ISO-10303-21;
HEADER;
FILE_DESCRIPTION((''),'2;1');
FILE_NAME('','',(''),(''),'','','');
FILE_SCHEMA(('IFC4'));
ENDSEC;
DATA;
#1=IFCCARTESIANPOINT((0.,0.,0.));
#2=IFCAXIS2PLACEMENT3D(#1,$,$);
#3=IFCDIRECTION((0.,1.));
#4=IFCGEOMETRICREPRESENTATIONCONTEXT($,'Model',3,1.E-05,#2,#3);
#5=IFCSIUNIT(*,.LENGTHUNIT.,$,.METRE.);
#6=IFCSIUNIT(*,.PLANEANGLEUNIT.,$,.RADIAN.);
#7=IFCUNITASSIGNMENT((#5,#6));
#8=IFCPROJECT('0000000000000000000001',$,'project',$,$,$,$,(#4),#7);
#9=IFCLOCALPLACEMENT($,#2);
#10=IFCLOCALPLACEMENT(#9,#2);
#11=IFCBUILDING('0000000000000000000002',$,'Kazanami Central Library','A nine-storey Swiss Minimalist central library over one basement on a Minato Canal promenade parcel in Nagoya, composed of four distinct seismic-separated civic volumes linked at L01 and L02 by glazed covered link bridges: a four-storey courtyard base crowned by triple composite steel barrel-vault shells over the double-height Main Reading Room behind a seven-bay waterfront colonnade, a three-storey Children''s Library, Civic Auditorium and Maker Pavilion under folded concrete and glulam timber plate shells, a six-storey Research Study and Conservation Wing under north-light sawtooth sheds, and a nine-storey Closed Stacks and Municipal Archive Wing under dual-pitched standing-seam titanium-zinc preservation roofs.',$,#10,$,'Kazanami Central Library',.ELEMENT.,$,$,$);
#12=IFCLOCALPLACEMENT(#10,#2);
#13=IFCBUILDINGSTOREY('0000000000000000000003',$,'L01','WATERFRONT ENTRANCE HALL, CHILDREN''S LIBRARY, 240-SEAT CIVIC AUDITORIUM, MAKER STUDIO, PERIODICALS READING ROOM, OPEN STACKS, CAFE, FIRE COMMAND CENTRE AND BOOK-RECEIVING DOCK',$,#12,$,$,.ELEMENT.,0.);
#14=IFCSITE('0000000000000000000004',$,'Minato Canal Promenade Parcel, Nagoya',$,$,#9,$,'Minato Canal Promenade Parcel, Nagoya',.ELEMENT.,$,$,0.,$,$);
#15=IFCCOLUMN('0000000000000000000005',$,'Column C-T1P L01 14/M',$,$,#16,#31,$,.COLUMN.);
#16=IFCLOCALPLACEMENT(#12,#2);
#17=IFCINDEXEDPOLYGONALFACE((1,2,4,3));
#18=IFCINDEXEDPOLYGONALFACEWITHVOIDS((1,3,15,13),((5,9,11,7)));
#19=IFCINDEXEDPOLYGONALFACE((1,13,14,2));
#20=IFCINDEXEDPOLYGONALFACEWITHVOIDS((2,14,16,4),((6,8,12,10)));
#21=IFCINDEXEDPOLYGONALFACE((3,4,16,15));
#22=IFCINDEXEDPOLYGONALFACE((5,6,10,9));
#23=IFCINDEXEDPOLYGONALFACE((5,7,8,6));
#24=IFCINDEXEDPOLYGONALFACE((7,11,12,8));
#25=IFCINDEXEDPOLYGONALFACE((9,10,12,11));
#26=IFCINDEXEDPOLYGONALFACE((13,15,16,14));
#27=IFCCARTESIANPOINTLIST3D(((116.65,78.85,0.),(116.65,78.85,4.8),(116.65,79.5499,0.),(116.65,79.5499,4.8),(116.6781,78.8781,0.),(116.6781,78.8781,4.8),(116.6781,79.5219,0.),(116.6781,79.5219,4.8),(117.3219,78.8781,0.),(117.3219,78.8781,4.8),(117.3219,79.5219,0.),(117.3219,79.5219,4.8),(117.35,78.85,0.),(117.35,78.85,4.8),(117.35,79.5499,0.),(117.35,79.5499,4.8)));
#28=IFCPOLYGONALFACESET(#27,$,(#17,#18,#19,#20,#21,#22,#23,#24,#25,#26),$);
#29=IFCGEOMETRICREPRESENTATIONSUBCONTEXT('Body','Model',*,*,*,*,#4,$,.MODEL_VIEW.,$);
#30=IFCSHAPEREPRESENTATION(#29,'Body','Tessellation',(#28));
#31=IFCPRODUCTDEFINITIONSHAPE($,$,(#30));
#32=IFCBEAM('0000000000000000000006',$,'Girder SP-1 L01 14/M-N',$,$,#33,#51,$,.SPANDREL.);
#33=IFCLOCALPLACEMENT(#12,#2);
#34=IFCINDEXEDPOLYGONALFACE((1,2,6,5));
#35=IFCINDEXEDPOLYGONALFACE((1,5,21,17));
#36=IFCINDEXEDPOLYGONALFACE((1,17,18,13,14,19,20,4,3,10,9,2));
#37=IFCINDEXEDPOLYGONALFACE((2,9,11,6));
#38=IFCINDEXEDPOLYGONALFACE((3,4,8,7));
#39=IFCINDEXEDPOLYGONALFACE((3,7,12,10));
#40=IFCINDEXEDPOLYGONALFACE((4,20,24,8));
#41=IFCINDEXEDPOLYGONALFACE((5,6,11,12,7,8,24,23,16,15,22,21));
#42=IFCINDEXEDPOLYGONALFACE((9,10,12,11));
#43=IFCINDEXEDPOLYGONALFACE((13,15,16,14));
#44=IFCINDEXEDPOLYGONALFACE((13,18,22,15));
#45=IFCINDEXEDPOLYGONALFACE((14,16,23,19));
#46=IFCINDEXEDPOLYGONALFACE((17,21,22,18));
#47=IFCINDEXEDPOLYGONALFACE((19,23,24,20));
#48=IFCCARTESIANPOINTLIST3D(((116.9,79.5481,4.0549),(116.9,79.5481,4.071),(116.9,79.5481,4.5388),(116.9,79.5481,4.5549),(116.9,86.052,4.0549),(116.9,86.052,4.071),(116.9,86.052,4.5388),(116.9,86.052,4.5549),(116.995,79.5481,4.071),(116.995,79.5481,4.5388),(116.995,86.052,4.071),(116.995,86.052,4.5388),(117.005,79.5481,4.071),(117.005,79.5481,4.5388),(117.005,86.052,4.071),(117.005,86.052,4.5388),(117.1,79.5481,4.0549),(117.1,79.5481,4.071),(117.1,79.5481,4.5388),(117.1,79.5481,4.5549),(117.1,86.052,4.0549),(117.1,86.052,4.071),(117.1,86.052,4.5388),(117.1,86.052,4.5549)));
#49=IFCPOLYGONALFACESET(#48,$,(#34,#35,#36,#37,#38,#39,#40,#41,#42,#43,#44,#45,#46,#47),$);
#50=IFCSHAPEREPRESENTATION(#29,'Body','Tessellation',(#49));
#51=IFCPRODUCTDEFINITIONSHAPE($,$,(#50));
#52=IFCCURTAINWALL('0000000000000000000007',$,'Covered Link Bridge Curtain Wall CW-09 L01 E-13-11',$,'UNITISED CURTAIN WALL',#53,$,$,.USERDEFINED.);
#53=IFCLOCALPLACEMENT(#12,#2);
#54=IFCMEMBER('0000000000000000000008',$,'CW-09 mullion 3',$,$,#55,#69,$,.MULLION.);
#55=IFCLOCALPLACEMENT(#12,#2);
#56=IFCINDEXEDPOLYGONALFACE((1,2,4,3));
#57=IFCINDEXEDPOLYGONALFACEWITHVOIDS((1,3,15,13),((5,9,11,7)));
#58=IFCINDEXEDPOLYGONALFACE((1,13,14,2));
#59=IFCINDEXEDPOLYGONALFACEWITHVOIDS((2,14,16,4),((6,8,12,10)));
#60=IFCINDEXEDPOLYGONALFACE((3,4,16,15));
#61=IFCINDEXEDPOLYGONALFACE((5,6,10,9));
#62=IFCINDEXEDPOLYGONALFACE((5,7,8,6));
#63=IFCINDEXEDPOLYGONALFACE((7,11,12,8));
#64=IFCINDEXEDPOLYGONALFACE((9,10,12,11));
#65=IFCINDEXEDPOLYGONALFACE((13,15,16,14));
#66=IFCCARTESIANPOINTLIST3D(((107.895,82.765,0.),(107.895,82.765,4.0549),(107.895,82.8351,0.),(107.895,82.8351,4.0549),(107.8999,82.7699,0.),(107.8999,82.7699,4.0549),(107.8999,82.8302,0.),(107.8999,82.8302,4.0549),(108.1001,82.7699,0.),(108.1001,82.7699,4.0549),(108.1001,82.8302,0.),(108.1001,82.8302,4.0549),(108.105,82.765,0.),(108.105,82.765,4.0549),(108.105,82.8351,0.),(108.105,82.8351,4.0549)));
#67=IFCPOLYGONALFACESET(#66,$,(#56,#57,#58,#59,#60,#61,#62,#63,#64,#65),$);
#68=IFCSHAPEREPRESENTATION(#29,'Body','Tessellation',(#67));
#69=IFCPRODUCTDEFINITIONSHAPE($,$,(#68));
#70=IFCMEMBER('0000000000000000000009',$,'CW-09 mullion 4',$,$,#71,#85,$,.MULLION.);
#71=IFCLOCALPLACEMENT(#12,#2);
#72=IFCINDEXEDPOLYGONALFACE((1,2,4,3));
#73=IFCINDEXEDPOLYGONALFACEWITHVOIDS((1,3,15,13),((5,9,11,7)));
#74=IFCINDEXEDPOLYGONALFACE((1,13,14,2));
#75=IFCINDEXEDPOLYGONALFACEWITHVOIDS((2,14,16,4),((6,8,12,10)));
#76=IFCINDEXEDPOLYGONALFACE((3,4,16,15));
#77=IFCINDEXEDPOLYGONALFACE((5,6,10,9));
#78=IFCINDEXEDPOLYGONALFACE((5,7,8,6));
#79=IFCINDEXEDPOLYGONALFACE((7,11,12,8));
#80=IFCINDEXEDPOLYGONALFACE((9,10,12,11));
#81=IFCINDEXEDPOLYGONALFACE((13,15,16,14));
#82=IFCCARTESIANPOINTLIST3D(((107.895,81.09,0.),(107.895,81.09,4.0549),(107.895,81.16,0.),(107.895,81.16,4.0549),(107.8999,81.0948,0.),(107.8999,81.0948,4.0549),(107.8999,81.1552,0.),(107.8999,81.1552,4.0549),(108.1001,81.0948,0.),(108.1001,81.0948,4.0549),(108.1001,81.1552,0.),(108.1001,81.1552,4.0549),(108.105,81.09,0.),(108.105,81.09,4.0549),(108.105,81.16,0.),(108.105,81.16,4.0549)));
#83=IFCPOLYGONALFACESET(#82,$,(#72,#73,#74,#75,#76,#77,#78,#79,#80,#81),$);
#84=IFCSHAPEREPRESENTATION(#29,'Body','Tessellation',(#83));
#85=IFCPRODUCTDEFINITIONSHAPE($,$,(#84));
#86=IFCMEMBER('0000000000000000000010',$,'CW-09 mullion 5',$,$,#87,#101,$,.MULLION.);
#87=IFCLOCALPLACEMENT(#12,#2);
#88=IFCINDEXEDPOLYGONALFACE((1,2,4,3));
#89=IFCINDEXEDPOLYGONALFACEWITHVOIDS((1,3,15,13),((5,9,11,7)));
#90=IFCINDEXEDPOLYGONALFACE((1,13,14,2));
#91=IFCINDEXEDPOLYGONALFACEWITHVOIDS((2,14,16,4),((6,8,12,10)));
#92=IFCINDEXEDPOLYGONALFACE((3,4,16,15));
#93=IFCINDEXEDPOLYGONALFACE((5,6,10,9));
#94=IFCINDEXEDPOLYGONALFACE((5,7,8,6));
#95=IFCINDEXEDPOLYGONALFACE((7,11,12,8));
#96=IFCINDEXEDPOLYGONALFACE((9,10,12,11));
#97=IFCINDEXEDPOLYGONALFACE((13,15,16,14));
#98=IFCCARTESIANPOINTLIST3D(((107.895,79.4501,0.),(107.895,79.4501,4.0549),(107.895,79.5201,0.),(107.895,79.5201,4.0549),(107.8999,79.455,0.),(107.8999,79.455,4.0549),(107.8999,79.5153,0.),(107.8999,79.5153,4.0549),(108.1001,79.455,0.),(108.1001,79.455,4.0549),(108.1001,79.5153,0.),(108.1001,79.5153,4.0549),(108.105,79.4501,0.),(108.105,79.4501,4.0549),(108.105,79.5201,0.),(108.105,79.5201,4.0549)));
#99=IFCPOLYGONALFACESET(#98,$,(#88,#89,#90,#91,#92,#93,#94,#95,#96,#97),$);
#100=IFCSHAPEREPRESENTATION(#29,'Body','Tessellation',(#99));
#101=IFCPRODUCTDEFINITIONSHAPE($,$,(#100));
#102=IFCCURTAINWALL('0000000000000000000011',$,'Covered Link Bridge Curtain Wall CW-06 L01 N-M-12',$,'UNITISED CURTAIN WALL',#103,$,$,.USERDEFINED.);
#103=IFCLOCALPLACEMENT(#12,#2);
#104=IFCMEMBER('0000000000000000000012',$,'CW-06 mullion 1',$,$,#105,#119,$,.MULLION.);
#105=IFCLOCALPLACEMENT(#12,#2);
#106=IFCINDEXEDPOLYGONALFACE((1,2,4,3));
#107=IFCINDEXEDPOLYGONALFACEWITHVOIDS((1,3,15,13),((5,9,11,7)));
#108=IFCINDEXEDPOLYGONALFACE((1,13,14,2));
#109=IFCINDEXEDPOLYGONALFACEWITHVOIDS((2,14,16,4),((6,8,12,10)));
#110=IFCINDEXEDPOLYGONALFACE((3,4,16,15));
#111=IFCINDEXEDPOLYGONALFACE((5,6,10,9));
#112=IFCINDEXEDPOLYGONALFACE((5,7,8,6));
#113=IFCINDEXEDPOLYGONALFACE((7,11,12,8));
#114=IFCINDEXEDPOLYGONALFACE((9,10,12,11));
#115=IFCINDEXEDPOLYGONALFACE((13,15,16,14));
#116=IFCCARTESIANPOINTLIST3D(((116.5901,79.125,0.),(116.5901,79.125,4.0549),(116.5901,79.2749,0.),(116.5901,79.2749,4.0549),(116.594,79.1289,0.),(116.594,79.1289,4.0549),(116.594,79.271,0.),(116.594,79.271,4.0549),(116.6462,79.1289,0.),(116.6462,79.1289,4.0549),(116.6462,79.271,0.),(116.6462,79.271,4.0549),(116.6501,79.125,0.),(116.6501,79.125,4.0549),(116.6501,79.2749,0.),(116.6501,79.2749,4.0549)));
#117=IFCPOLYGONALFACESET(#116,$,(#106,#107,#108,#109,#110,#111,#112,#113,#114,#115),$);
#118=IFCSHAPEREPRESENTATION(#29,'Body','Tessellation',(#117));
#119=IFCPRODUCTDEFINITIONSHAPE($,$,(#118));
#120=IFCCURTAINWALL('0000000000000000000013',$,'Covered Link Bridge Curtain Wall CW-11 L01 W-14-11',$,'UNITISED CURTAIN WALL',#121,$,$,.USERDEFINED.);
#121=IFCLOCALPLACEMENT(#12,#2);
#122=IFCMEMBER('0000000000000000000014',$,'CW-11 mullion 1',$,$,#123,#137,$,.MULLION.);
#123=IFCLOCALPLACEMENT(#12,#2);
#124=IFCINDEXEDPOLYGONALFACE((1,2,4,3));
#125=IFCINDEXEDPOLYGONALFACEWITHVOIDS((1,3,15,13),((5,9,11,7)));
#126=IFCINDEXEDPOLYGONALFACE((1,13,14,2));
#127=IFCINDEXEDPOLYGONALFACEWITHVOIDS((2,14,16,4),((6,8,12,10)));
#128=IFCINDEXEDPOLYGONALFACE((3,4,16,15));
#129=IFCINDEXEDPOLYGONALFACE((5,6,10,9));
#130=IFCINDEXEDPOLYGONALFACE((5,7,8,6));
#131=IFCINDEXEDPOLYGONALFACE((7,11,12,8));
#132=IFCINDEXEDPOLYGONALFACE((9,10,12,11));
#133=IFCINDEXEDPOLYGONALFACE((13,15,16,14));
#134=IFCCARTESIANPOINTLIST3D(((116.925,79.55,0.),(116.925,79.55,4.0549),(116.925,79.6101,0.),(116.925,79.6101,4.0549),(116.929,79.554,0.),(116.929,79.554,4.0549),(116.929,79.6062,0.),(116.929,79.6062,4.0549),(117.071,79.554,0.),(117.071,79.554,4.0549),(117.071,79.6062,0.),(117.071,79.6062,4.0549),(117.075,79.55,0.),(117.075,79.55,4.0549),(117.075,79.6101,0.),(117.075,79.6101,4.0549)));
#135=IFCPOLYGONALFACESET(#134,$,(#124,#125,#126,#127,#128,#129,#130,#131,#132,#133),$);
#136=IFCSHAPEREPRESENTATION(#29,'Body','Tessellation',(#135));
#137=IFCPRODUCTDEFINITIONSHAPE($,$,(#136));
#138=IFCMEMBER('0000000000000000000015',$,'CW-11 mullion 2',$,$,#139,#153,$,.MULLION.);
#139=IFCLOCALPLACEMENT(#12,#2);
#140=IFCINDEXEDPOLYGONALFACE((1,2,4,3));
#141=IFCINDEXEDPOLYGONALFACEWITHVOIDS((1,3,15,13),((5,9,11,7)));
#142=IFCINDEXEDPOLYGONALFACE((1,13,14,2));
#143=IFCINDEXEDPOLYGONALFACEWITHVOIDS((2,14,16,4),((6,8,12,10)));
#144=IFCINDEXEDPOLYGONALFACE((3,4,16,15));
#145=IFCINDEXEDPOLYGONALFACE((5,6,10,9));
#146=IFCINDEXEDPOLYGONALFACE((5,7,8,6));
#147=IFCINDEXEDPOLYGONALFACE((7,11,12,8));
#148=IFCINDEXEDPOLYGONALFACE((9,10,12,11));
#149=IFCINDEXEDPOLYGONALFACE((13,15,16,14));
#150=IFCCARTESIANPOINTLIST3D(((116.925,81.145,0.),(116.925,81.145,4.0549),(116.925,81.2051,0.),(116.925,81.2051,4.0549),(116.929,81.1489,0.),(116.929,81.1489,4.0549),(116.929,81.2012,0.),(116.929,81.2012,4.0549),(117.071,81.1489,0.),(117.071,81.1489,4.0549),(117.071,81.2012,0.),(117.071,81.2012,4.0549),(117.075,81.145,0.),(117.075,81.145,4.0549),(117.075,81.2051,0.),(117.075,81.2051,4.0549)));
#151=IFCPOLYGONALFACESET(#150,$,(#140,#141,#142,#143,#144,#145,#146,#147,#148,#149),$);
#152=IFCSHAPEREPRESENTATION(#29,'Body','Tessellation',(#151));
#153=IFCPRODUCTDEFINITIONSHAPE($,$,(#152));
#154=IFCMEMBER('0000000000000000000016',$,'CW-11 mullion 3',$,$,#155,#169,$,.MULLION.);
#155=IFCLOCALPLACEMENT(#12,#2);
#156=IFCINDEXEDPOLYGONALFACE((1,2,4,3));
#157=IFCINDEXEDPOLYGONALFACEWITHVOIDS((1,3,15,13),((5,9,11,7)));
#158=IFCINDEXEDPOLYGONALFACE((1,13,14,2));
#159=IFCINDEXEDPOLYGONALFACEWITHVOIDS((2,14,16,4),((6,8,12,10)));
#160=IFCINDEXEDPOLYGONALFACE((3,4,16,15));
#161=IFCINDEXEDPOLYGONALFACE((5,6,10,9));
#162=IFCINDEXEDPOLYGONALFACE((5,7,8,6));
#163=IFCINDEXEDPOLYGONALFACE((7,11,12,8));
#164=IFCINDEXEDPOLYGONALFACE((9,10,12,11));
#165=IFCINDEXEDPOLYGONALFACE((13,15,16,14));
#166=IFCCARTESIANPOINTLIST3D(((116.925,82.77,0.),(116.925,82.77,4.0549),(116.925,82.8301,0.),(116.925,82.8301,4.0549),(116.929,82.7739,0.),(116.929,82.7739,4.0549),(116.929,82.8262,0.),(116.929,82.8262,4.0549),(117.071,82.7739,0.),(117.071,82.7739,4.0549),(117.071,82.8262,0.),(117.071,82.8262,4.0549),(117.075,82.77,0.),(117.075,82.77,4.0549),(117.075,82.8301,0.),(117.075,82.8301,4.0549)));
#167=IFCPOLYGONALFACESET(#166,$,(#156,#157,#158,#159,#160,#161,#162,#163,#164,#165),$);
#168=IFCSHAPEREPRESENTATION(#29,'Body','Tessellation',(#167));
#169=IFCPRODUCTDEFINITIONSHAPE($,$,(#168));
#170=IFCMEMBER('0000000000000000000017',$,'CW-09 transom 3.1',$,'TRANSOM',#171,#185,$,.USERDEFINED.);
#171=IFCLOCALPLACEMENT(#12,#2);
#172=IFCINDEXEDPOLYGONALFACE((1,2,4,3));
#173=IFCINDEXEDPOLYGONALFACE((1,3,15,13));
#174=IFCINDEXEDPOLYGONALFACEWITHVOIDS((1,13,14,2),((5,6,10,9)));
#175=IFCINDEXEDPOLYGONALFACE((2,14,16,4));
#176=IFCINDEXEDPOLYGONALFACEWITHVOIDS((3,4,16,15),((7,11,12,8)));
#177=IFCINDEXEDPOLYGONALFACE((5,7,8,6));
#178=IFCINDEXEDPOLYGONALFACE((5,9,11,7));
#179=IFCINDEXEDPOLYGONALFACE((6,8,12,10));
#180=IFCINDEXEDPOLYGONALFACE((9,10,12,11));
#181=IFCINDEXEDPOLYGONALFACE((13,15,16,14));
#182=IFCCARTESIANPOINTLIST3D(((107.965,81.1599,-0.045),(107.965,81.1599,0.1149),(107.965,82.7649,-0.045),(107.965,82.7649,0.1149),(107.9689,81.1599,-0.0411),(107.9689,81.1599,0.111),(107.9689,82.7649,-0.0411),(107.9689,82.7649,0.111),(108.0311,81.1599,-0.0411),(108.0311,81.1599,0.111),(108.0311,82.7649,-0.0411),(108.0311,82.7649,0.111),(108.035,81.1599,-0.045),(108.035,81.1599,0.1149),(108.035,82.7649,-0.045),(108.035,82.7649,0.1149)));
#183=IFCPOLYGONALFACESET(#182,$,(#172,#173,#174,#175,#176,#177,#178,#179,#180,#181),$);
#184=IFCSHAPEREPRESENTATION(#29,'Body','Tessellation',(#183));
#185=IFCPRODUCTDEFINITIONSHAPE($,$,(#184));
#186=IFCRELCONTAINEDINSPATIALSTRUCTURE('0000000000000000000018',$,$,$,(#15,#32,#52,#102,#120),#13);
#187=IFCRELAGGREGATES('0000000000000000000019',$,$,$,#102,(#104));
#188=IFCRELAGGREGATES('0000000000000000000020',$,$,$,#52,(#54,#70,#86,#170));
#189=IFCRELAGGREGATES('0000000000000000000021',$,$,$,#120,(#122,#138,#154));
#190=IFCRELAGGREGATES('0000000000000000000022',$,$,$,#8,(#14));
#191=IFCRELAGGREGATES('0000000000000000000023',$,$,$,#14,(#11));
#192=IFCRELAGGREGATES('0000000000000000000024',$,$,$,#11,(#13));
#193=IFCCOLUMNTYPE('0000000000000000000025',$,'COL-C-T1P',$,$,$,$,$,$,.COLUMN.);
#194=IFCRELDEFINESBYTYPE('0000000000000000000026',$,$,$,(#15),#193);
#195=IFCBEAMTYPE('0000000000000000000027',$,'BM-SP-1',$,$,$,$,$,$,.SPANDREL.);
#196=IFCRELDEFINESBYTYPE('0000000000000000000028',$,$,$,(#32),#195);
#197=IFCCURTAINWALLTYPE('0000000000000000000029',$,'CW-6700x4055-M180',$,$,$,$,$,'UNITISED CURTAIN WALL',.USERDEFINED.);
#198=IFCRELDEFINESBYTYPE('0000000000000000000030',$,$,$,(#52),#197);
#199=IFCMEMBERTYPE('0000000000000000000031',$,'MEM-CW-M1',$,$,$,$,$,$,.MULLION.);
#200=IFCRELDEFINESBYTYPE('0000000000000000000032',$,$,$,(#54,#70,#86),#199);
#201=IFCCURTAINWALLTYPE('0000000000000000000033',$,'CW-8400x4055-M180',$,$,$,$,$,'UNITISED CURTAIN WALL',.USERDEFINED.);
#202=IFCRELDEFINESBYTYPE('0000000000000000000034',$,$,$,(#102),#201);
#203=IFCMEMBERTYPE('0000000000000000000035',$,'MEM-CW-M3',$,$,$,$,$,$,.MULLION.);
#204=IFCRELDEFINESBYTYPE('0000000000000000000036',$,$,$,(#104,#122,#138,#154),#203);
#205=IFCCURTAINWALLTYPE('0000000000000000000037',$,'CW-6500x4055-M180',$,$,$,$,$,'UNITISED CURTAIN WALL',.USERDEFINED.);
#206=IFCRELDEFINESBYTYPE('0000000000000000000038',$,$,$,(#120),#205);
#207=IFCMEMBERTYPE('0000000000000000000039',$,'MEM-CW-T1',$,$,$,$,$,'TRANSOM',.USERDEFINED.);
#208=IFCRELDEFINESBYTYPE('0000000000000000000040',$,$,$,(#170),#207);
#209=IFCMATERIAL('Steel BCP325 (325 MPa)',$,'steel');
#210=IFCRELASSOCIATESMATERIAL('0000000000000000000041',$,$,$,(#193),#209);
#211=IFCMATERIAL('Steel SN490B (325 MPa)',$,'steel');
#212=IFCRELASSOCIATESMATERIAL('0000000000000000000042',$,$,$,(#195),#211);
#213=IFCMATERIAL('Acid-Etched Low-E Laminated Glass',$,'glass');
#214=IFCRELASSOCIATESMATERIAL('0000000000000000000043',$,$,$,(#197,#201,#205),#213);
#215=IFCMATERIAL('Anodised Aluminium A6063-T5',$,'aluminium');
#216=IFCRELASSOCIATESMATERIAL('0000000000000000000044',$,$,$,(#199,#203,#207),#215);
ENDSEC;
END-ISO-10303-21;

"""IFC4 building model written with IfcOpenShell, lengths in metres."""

from ifc_helpers import new_model, si_unit, direction, frame, origin, origin_2d, place, context, subcontext, project, spatial, hollow_rectangle, i_section, extrude, material, material_profile, profile_set, type_object, element, aggregate, save


model = new_model("IFC4")

# Units and contexts
model_context = context("Model", 3, precision=1e-05, world=origin(), true_north=direction((0.0, 1.0)))
body_context = subcontext(model_context, "Body", "Model", "MODEL_VIEW")
ifc_project = project(units=[si_unit("LENGTHUNIT", "METRE"), si_unit("PLANEANGLEUNIT", "RADIAN")], contexts=[model_context])

# Site, building, storey
site_placement = place(None, origin())
site = spatial("IfcSite", under=ifc_project, at=site_placement, Name="Minato Canal Promenade Parcel, Nagoya", LongName="Minato Canal Promenade Parcel, Nagoya", CompositionType="ELEMENT", RefElevation=0.0)
building_placement = place(site_placement, origin())
building = spatial("IfcBuilding", under=site, at=building_placement, Name="Kazanami Central Library", Description="A nine-storey Swiss Minimalist central library over one basement on a Minato Canal promenade parcel in Nagoya, composed of four distinct seismic-separated civic volumes linked at L01 and L02 by glazed covered link bridges: a four-storey courtyard base crowned by triple composite steel barrel-vault shells over the double-height Main Reading Room behind a seven-bay waterfront colonnade, a three-storey Children's Library, Civic Auditorium and Maker Pavilion under folded concrete and glulam timber plate shells, a six-storey Research Study and Conservation Wing under north-light sawtooth sheds, and a nine-storey Closed Stacks and Municipal Archive Wing under dual-pitched standing-seam titanium-zinc preservation roofs.", LongName="Kazanami Central Library", CompositionType="ELEMENT")
storey_placement = place(building_placement, origin())
storey = spatial("IfcBuildingStorey", under=building, at=storey_placement, Name="L01", Description="WATERFRONT ENTRANCE HALL, CHILDREN'S LIBRARY, 240-SEAT CIVIC AUDITORIUM, MAKER STUDIO, PERIODICALS READING ROOM, OPEN STACKS, CAFE, FIRE COMMAND CENTRE AND BOOK-RECEIVING DOCK", CompositionType="ELEMENT", Elevation=0.0)

# Column
ifc_material_1 = material(Name="Steel BCP325 (325 MPa)", Category="steel")
ifc_material_profile_1 = material_profile(ifc_material_1, hollow_rectangle(XDim=0.7, YDim=0.7, WallThickness=0.0281, at=origin_2d()), Name="BCP-700x700x28")
ifc_profile_set_1 = profile_set([ifc_material_profile_1], Name="Steel BCP325 (325 MPa)")
column_type = type_object("IfcColumnType", Name="COL-C-T1P", PredefinedType="COLUMN", material=ifc_profile_set_1)
column_placement = place(storey_placement, frame((117.0, 79.2, 0.0), z_axis=(0.0, 0.0, 1.0), x_axis=(1.0, 0.0, 0.0)))
element("IfcColumn", 1, at=column_placement, inside=storey, type_object=column_type, Name="Column C-T1P L01 14/M", PredefinedType="COLUMN", context=body_context, shape_type="SweptSolid", body=[
    extrude(hollow_rectangle(XDim=0.7, YDim=0.7, WallThickness=0.0281, at=origin_2d()), origin(), (0.0, 0.0, 1.0), 4.8),
])

# Beam
ifc_material_2 = material(Name="Steel SN490B (325 MPa)", Category="steel")
ifc_material_profile_2 = material_profile(ifc_material_2, i_section(OverallWidth=0.2, OverallDepth=0.5, WebThickness=0.01, FlangeThickness=0.0161, at=origin_2d()), Name="H-500x200x10x16")
ifc_profile_set_2 = profile_set([ifc_material_profile_2], Name="Steel SN490B (325 MPa)")
beam_type = type_object("IfcBeamType", Name="BM-SP-1", PredefinedType="SPANDREL", material=ifc_profile_set_2)
beam_placement = place(storey_placement, frame((117.0, 79.5481, 4.3049), z_axis=(0.0, 1.0, 0.0), x_axis=(-1.0, 0.0, 0.0)))
element("IfcBeam", 2, at=beam_placement, inside=storey, type_object=beam_type, Name="Girder SP-1 L01 14/M-N", PredefinedType="SPANDREL", context=body_context, shape_type="SweptSolid", body=[
    extrude(i_section(OverallWidth=0.2, OverallDepth=0.5, WebThickness=0.01, FlangeThickness=0.0161, at=origin_2d()), origin(), (0.0, 0.0, 1.0), 6.5039),
])

# Curtain wall, members
ifc_material_3 = material(Name="Acid-Etched Low-E Laminated Glass", Category="glass")
curtain_wall_type_1 = type_object("IfcCurtainWallType", Name="CW-6700x4055-M180", ElementType="UNITISED CURTAIN WALL", PredefinedType="USERDEFINED", material=ifc_material_3)
curtain_wall_1_placement = place(storey_placement, origin())
curtain_wall_1 = element("IfcCurtainWall", 3, at=curtain_wall_1_placement, inside=storey, type_object=curtain_wall_type_1, Name="Covered Link Bridge Curtain Wall CW-09 L01 E-13-11", ObjectType="UNITISED CURTAIN WALL", PredefinedType="USERDEFINED")
ifc_material_4 = material(Name="Anodised Aluminium A6063-T5", Category="aluminium")
ifc_material_profile_3 = material_profile(ifc_material_4, hollow_rectangle(XDim=0.0701, YDim=0.21, WallThickness=0.0049, at=origin_2d()), Name="ALU-MULL-70x210x5")
ifc_profile_set_3 = profile_set([ifc_material_profile_3], Name="Anodised Aluminium A6063-T5")
member_type_1 = type_object("IfcMemberType", Name="MEM-CW-M1", PredefinedType="MULLION", material=ifc_profile_set_3)
member_1_placement = place(storey_placement, frame((108.0, 82.8, 0.0), z_axis=(0.0, 0.0, 1.0), x_axis=(0.0, -1.0, 0.0)))
member_1 = element("IfcMember", 4, at=member_1_placement, type_object=member_type_1, Name="CW-09 mullion 3", PredefinedType="MULLION", context=body_context, shape_type="SweptSolid", body=[
    extrude(hollow_rectangle(XDim=0.0701, YDim=0.21, WallThickness=0.0049, at=origin_2d()), origin(), (0.0, 0.0, 1.0), 4.0549),
])
member_2_placement = place(storey_placement, frame((108.0, 81.125, 0.0), z_axis=(0.0, 0.0, 1.0), x_axis=(0.0, -1.0, 0.0)))
member_2 = element("IfcMember", 5, at=member_2_placement, type_object=member_type_1, Name="CW-09 mullion 4", PredefinedType="MULLION", context=body_context, shape_type="SweptSolid", body=[
    extrude(hollow_rectangle(XDim=0.0701, YDim=0.21, WallThickness=0.0049, at=origin_2d()), origin(), (0.0, 0.0, 1.0), 4.0549),
])
member_3_placement = place(storey_placement, frame((108.0, 79.4851, 0.0), z_axis=(0.0, 0.0, 1.0), x_axis=(0.0, -1.0, 0.0)))
member_3 = element("IfcMember", 6, at=member_3_placement, type_object=member_type_1, Name="CW-09 mullion 5", PredefinedType="MULLION", context=body_context, shape_type="SweptSolid", body=[
    extrude(hollow_rectangle(XDim=0.0701, YDim=0.21, WallThickness=0.0049, at=origin_2d()), origin(), (0.0, 0.0, 1.0), 4.0549),
])

# Curtain wall, member
curtain_wall_type_2 = type_object("IfcCurtainWallType", Name="CW-8400x4055-M180", ElementType="UNITISED CURTAIN WALL", PredefinedType="USERDEFINED", material=ifc_material_3)
curtain_wall_2_placement = place(storey_placement, origin())
curtain_wall_2 = element("IfcCurtainWall", 7, at=curtain_wall_2_placement, inside=storey, type_object=curtain_wall_type_2, Name="Covered Link Bridge Curtain Wall CW-06 L01 N-M-12", ObjectType="UNITISED CURTAIN WALL", PredefinedType="USERDEFINED")
ifc_material_profile_4 = material_profile(ifc_material_4, hollow_rectangle(XDim=0.0601, YDim=0.1499, WallThickness=0.0039, at=origin_2d()), Name="ALU-MULL-60x150x4")
ifc_profile_set_4 = profile_set([ifc_material_profile_4], Name="Anodised Aluminium A6063-T5")
member_type_2 = type_object("IfcMemberType", Name="MEM-CW-M3", PredefinedType="MULLION", material=ifc_profile_set_4)
member_4_placement = place(storey_placement, frame((116.6201, 79.2, 0.0), z_axis=(0.0, 0.0, 1.0), x_axis=(-1.0, 0.0, 0.0)))
member_4 = element("IfcMember", 8, at=member_4_placement, type_object=member_type_2, Name="CW-06 mullion 1", PredefinedType="MULLION", context=body_context, shape_type="SweptSolid", body=[
    extrude(hollow_rectangle(XDim=0.0601, YDim=0.1499, WallThickness=0.0039, at=origin_2d()), origin(), (0.0, 0.0, 1.0), 4.0549),
])

# Curtain wall, members
curtain_wall_type_3 = type_object("IfcCurtainWallType", Name="CW-6500x4055-M180", ElementType="UNITISED CURTAIN WALL", PredefinedType="USERDEFINED", material=ifc_material_3)
curtain_wall_3_placement = place(storey_placement, origin())
curtain_wall_3 = element("IfcCurtainWall", 9, at=curtain_wall_3_placement, inside=storey, type_object=curtain_wall_type_3, Name="Covered Link Bridge Curtain Wall CW-11 L01 W-14-11", ObjectType="UNITISED CURTAIN WALL", PredefinedType="USERDEFINED")
member_5_placement = place(storey_placement, frame((117.0, 79.5801, 0.0), z_axis=(0.0, 0.0, 1.0), x_axis=(0.0, 1.0, 0.0)))
member_5 = element("IfcMember", 10, at=member_5_placement, type_object=member_type_2, Name="CW-11 mullion 1", PredefinedType="MULLION", context=body_context, shape_type="SweptSolid", body=[
    extrude(hollow_rectangle(XDim=0.0601, YDim=0.1499, WallThickness=0.0039, at=origin_2d()), origin(), (0.0, 0.0, 1.0), 4.0549),
])
member_6_placement = place(storey_placement, frame((117.0, 81.175, 0.0), z_axis=(0.0, 0.0, 1.0), x_axis=(0.0, 1.0, 0.0)))
member_6 = element("IfcMember", 11, at=member_6_placement, type_object=member_type_2, Name="CW-11 mullion 2", PredefinedType="MULLION", context=body_context, shape_type="SweptSolid", body=[
    extrude(hollow_rectangle(XDim=0.0601, YDim=0.1499, WallThickness=0.0039, at=origin_2d()), origin(), (0.0, 0.0, 1.0), 4.0549),
])
member_7_placement = place(storey_placement, frame((117.0, 82.8, 0.0), z_axis=(0.0, 0.0, 1.0), x_axis=(0.0, 1.0, 0.0)))
member_7 = element("IfcMember", 12, at=member_7_placement, type_object=member_type_2, Name="CW-11 mullion 3", PredefinedType="MULLION", context=body_context, shape_type="SweptSolid", body=[
    extrude(hollow_rectangle(XDim=0.0601, YDim=0.1499, WallThickness=0.0039, at=origin_2d()), origin(), (0.0, 0.0, 1.0), 4.0549),
])

# Member
ifc_material_profile_5 = material_profile(ifc_material_4, hollow_rectangle(XDim=0.0701, YDim=0.1599, WallThickness=0.0039, at=origin_2d()), Name="ALU-TRAN-70x160x4")
ifc_profile_set_5 = profile_set([ifc_material_profile_5], Name="Anodised Aluminium A6063-T5")
member_type_3 = type_object("IfcMemberType", Name="MEM-CW-T1", ElementType="TRANSOM", PredefinedType="USERDEFINED", material=ifc_profile_set_5)
member_8_placement = place(storey_placement, frame((108.0, 82.7649, 0.0349), z_axis=(0.0, -1.0, 0.0), x_axis=(1.0, 0.0, 0.0)))
member_8 = element("IfcMember", 13, at=member_8_placement, type_object=member_type_3, Name="CW-09 transom 3.1", ObjectType="TRANSOM", PredefinedType="USERDEFINED", context=body_context, shape_type="SweptSolid", body=[
    extrude(hollow_rectangle(XDim=0.0701, YDim=0.1599, WallThickness=0.0039, at=origin_2d()), origin(), (0.0, 0.0, 1.0), 1.605),
])

aggregate(curtain_wall_2, [member_4])
aggregate(curtain_wall_1, [member_1, member_2, member_3, member_8])
aggregate(curtain_wall_3, [member_5, member_6, member_7])

save(model, "model.ifc")
